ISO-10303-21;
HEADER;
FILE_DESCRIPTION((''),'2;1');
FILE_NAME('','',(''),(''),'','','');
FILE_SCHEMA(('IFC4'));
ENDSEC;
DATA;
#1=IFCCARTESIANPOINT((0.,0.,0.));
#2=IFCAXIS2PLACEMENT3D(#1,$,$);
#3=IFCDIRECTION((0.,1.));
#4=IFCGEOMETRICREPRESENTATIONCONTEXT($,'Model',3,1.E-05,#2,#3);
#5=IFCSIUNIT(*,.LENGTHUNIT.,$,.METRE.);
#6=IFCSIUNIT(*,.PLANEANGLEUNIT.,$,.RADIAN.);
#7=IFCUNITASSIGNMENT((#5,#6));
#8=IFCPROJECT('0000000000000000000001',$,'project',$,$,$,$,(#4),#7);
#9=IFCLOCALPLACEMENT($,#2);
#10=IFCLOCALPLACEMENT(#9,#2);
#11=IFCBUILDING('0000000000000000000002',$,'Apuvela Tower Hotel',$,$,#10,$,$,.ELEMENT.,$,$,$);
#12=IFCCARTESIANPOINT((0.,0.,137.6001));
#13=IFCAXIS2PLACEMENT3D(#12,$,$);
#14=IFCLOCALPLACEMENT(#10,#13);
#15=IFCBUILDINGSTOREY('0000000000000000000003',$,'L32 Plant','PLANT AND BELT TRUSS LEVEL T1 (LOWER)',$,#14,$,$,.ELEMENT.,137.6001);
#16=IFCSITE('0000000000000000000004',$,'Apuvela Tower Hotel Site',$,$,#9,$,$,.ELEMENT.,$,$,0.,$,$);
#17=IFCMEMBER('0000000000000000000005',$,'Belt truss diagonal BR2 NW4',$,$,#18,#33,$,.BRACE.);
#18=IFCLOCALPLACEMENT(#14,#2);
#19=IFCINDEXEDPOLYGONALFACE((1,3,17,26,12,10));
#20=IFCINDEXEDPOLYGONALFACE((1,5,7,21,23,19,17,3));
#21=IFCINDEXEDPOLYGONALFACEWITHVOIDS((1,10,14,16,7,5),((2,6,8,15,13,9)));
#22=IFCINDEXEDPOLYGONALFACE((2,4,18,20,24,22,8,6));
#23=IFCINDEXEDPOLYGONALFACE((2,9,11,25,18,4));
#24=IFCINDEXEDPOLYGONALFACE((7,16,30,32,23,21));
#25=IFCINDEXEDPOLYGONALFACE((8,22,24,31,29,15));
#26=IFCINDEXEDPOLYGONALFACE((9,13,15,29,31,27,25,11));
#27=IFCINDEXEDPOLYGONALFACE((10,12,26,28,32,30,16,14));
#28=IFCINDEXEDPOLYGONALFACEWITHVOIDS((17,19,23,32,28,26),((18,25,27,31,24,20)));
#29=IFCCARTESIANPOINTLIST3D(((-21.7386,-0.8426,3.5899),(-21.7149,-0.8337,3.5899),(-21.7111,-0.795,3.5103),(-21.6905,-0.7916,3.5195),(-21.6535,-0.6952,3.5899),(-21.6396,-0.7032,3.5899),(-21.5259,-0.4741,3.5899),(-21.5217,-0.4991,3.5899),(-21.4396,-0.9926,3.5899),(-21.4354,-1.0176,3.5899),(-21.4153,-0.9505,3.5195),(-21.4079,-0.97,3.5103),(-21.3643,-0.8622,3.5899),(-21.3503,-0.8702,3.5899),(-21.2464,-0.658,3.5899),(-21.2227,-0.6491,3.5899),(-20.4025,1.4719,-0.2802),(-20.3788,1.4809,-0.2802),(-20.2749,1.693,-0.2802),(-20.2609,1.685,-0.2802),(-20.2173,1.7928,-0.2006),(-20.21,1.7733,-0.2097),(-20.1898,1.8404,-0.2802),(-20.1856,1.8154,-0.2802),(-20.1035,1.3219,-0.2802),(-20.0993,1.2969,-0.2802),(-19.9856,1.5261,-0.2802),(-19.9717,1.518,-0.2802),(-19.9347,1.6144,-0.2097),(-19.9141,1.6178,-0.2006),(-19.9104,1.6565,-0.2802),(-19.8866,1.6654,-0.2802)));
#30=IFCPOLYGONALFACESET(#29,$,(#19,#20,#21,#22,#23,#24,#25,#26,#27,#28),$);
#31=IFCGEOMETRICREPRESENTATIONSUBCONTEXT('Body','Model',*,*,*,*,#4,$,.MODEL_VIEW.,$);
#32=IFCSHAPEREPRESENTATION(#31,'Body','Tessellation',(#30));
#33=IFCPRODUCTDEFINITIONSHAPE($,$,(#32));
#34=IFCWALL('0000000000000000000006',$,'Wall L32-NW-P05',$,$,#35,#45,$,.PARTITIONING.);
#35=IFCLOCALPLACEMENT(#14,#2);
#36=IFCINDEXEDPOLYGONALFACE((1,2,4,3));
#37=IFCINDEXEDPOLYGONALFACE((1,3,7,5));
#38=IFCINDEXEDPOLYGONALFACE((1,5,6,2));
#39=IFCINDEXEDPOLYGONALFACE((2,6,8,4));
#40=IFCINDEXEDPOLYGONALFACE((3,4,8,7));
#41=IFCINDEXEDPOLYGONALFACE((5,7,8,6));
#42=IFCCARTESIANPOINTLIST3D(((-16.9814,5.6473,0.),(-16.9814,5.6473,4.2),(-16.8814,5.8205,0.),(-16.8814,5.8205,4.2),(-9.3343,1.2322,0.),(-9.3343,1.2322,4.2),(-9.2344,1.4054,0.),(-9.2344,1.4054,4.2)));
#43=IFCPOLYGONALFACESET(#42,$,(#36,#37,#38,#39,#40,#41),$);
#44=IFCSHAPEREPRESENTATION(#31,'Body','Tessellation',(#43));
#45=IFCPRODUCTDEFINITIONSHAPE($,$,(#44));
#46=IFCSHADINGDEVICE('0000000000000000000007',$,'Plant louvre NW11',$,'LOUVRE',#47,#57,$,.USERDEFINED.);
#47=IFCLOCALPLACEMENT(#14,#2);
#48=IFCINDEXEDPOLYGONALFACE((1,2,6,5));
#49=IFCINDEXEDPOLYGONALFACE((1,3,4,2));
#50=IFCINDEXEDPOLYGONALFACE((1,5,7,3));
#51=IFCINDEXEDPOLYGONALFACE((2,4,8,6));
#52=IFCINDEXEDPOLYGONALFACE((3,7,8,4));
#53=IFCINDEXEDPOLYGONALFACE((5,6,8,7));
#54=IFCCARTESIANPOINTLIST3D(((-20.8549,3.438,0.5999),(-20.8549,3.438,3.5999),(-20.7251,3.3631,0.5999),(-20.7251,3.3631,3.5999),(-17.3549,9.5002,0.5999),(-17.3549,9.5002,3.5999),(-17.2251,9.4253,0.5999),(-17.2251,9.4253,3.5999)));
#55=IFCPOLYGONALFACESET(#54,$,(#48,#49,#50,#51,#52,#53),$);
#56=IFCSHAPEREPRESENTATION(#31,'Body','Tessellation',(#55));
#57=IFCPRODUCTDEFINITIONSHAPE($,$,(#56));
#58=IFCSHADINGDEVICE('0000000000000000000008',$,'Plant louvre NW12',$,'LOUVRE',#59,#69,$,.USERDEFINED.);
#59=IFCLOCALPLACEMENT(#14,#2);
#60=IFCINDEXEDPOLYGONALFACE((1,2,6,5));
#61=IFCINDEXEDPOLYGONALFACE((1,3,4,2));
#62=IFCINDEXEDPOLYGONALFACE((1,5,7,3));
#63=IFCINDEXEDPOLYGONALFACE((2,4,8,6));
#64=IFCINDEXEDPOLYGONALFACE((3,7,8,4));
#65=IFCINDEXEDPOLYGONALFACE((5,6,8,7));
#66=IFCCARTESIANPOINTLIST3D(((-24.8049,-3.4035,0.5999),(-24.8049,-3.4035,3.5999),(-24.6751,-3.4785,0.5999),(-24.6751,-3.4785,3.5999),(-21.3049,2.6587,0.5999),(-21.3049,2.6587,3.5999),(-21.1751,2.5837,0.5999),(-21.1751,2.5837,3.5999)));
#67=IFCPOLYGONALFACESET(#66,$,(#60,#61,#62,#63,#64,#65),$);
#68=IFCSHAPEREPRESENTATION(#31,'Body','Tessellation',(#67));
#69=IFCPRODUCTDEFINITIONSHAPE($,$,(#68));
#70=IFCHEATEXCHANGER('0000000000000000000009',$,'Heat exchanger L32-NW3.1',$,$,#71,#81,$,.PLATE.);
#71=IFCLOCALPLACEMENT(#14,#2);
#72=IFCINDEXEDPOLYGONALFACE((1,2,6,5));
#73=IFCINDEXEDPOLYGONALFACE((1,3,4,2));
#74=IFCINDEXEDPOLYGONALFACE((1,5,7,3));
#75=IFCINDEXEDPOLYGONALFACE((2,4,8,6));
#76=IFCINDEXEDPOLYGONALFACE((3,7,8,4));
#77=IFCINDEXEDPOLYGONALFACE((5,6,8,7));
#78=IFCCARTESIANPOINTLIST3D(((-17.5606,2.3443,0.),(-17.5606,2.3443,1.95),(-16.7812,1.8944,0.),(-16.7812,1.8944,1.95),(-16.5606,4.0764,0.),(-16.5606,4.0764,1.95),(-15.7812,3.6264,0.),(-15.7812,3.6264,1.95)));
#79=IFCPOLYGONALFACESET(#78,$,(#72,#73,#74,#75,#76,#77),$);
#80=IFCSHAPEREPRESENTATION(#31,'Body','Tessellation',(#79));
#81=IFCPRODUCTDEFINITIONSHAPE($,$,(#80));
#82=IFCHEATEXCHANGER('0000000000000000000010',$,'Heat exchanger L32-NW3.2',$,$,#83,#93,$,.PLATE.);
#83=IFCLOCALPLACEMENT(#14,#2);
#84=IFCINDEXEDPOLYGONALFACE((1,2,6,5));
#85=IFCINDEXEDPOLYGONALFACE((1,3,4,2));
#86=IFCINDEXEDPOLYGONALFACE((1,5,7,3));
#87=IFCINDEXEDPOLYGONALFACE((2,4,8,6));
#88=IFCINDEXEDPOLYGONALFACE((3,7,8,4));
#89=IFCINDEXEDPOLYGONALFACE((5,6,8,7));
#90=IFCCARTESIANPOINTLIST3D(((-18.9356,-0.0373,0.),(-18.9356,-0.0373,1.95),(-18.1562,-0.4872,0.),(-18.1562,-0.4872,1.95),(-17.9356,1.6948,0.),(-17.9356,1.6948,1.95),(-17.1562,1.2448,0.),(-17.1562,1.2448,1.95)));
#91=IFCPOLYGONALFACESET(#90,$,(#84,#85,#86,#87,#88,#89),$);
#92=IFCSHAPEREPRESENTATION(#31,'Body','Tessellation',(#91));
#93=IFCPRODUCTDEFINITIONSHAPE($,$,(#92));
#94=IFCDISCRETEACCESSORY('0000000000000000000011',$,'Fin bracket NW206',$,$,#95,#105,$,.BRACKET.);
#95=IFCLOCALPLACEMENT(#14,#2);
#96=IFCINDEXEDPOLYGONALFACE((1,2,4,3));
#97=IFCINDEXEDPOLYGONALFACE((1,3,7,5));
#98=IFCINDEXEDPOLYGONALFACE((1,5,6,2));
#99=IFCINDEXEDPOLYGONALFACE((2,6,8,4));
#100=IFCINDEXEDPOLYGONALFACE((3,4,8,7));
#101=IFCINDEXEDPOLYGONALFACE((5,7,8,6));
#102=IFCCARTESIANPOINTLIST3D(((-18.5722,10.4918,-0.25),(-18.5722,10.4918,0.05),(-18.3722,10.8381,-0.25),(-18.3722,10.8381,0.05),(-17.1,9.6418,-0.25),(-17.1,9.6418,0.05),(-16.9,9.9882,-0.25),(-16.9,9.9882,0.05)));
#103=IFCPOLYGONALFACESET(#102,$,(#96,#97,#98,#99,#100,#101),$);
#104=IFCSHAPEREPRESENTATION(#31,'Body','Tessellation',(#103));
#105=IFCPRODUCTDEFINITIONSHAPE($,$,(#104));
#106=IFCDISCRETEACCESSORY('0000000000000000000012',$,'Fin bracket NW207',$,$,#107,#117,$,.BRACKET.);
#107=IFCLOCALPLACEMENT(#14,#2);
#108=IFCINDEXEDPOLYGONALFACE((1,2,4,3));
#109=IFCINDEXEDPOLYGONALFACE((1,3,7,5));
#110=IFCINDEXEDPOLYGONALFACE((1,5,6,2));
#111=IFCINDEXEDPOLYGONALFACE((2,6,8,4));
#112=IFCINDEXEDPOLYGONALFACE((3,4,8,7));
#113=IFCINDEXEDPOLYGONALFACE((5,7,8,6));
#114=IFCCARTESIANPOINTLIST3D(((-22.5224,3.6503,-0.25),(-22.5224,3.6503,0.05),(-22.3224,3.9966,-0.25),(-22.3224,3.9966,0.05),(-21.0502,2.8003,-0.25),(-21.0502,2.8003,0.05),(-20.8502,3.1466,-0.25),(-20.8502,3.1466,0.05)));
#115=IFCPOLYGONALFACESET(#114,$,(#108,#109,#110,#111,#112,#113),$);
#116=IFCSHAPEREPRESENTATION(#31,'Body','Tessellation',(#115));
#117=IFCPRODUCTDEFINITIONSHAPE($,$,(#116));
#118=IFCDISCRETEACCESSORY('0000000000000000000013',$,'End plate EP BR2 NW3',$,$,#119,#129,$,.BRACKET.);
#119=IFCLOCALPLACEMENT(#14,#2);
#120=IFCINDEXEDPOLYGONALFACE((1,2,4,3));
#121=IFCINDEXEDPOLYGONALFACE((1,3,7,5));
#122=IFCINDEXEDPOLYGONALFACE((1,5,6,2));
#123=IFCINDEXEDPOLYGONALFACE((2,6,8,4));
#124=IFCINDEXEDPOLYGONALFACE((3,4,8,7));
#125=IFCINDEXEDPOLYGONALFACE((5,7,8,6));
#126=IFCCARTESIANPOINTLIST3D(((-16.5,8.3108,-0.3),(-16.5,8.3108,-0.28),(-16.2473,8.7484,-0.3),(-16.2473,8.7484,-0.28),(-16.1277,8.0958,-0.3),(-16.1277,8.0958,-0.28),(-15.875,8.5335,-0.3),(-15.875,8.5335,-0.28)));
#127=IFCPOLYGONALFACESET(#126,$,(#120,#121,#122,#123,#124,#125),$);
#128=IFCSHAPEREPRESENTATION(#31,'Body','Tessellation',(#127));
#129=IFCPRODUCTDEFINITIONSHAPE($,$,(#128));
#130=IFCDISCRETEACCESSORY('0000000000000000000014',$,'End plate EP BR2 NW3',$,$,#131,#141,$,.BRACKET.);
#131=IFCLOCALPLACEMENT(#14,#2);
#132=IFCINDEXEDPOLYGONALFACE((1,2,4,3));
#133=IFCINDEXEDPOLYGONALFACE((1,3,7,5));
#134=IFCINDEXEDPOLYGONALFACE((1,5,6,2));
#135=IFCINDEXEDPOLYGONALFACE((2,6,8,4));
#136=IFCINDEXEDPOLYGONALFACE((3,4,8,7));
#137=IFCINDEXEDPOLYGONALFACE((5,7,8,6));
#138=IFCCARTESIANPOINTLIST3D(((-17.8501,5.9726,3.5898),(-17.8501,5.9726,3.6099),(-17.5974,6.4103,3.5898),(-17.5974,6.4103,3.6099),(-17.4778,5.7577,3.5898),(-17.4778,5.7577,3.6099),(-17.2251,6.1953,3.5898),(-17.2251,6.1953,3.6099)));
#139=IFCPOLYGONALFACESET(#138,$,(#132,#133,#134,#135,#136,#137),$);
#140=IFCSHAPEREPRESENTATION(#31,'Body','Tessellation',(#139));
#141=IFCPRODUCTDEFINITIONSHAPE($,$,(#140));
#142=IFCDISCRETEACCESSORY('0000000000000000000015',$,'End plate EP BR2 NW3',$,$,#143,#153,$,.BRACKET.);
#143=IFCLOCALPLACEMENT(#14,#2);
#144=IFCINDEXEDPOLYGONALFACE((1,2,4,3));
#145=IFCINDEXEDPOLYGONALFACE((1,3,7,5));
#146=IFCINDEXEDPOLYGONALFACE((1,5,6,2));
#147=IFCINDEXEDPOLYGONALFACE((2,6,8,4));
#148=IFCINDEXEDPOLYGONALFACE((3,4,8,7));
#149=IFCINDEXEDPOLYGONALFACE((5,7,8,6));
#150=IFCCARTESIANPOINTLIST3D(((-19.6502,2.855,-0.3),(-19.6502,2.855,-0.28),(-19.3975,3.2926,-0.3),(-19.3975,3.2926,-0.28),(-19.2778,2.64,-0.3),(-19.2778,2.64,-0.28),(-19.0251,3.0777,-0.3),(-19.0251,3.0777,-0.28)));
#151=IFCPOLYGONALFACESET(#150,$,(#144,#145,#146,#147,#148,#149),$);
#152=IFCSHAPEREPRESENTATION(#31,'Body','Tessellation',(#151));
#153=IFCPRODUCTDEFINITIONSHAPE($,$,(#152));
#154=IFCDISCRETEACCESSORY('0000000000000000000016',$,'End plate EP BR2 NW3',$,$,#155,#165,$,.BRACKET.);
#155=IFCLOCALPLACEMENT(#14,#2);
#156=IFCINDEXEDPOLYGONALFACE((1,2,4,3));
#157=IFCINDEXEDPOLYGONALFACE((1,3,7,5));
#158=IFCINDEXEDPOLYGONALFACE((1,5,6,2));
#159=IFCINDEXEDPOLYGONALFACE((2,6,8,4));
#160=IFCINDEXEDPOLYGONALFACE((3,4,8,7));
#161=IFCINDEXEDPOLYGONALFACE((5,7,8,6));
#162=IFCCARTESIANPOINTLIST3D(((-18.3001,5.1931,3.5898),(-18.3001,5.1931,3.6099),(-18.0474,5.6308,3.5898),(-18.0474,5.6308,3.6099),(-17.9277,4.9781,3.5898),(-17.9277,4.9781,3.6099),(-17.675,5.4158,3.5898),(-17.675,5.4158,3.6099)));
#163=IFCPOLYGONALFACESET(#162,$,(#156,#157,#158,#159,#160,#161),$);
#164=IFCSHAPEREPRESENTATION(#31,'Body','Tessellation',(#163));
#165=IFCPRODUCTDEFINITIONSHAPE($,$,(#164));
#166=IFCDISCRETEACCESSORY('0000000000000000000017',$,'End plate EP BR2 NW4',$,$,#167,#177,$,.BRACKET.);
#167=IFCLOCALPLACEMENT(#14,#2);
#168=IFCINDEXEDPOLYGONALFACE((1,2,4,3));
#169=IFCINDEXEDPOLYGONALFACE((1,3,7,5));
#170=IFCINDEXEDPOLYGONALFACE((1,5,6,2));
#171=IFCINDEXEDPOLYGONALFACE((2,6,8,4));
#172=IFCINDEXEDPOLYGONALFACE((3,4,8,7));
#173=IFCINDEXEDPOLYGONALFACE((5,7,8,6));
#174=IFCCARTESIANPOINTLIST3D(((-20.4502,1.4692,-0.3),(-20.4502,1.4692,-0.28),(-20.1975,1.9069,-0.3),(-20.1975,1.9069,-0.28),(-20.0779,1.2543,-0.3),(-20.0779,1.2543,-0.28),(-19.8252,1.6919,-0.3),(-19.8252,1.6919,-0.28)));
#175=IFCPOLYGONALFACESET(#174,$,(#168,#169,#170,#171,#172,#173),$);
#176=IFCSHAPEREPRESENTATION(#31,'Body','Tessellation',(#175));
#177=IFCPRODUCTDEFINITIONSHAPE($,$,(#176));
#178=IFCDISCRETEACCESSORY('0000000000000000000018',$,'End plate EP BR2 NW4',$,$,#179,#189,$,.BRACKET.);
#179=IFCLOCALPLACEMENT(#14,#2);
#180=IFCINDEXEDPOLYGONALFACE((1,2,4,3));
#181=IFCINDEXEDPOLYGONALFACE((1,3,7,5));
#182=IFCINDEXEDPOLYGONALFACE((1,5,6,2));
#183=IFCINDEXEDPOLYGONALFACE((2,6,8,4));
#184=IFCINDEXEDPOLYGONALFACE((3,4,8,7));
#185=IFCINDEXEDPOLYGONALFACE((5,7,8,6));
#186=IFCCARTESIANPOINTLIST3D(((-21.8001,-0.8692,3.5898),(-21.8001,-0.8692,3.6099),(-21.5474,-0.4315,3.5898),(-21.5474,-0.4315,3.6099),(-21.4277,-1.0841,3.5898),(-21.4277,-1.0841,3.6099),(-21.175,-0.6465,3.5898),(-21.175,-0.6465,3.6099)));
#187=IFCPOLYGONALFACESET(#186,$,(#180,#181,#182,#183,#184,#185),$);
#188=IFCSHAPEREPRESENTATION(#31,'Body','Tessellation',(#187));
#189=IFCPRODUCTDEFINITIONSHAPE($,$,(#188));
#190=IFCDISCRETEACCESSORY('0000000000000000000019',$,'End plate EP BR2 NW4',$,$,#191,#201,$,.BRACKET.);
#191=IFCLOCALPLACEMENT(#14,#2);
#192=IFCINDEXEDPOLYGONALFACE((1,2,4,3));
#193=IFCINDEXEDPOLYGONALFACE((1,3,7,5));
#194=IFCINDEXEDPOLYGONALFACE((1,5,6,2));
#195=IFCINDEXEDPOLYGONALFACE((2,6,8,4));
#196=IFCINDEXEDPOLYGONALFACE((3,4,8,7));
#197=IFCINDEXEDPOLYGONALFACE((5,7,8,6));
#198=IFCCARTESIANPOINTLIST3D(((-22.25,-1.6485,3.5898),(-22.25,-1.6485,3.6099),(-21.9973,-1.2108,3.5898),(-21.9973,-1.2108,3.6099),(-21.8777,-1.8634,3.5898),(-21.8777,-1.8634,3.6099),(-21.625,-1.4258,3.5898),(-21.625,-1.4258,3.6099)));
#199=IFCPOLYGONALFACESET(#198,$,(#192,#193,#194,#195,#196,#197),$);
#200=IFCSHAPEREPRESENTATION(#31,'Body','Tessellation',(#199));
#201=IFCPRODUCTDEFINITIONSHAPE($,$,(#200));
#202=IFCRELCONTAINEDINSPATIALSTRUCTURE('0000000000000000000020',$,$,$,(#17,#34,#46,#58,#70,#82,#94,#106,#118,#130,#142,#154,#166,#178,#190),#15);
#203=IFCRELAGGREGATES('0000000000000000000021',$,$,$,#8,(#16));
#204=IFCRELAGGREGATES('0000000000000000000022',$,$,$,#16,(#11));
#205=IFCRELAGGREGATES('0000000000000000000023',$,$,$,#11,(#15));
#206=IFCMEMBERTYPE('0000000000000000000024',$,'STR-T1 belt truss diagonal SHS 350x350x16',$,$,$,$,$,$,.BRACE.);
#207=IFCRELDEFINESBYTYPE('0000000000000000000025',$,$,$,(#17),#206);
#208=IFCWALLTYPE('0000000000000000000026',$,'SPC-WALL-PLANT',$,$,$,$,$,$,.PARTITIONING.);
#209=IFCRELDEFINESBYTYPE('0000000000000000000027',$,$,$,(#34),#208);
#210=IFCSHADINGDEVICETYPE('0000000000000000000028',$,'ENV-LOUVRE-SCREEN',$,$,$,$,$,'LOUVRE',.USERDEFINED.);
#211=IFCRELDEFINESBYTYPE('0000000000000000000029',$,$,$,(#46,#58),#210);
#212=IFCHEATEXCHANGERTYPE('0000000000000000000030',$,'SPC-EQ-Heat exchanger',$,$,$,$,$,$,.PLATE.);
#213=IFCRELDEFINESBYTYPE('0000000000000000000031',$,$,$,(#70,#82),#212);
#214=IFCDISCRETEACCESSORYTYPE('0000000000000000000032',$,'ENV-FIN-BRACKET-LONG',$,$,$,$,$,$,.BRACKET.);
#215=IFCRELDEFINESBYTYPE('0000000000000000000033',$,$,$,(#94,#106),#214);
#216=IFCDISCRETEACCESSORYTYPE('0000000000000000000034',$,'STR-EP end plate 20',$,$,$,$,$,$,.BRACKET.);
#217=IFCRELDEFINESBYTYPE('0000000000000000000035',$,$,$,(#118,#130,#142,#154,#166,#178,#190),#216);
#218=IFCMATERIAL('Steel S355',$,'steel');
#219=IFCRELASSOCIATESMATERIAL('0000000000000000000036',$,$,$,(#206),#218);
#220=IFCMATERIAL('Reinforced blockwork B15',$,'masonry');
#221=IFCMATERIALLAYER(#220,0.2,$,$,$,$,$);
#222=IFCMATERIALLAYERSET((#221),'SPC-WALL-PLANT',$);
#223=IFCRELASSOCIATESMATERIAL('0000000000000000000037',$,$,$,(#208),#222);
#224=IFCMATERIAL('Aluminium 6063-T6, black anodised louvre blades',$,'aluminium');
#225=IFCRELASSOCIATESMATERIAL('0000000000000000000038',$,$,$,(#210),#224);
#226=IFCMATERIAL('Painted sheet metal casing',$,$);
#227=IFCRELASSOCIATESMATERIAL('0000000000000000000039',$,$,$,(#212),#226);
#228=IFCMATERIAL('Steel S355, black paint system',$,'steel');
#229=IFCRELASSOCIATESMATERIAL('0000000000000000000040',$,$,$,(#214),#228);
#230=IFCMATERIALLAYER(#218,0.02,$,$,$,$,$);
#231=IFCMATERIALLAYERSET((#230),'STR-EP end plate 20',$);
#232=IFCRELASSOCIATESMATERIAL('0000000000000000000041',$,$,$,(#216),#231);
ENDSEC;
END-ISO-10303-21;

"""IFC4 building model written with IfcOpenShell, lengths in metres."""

from ifc_helpers import new_model, si_unit, direction, frame, frame_2d, origin, origin_2d, place, context, subcontext, project, spatial, rectangle, hollow_rectangle, extrude, boolean, halfspace, material, layer, layer_set, material_profile, profile_set, type_object, element, save


model = new_model("IFC4")

# Units and contexts
model_context = context("Model", 3, precision=1e-05, world=origin(), true_north=direction((0.0, 1.0)))
body_context = subcontext(model_context, "Body", "Model", "MODEL_VIEW")
ifc_project = project(units=[si_unit("LENGTHUNIT", "METRE"), si_unit("PLANEANGLEUNIT", "RADIAN")], contexts=[model_context])

# Site, building, storey
site_placement = place(None, origin())
site = spatial("IfcSite", under=ifc_project, at=site_placement, Name="Apuvela Tower Hotel Site", CompositionType="ELEMENT", RefElevation=0.0)
building_placement = place(site_placement, origin())
building = spatial("IfcBuilding", under=site, at=building_placement, Name="Apuvela Tower Hotel", CompositionType="ELEMENT")
storey_placement = place(building_placement, frame((0.0, 0.0, 137.6001)))
storey = spatial("IfcBuildingStorey", under=building, at=storey_placement, Name="L32 Plant", Description="PLANT AND BELT TRUSS LEVEL T1 (LOWER)", CompositionType="ELEMENT", Elevation=137.6001)

# Shared definitions
ifc_material_1 = material(Name="Steel S355", Category="steel")

# Member
ifc_material_profile_1 = material_profile(ifc_material_1, hollow_rectangle(XDim=0.3501, YDim=0.3501, WallThickness=0.0161, at=origin_2d()), Name="SHS 350x350x16")
ifc_profile_set_1 = profile_set([ifc_material_profile_1], Name="Steel S355")
member_type_1 = type_object("IfcMemberType", Name="STR-T1 belt truss diagonal SHS 350x350x16", PredefinedType="BRACE", material=ifc_profile_set_1)
member_1_placement = place(storey_placement, frame((-20.1377, 1.5806, -0.3), z_axis=(-0.284085, -0.492126, 0.822865), x_axis=(0.411385, 0.71265, 0.568236)))
solid_1 = boolean("DIFFERENCE", boolean("DIFFERENCE", extrude(hollow_rectangle(XDim=0.3501, YDim=0.3501, WallThickness=0.0161, at=origin_2d()), frame((0.0, 0.0, -0.2407)), (0.0, 0.0, 1.0), 5.2332), halfspace(frame((0.0, 0.0, 0.0242), z_axis=(0.568236, 0.0, 0.822865), x_axis=(0.822865, 0.0, -0.568236)), True)), halfspace(frame((0.0, 0.0, 4.7273), z_axis=(0.568236, 0.0, 0.822865), x_axis=(0.822865, 0.0, -0.568236)), False))
element("IfcMember", 1, at=member_1_placement, inside=storey, type_object=member_type_1, Name="Belt truss diagonal BR2 NW4", PredefinedType="BRACE", context=body_context, shape_type="SweptSolid", body=[
    boolean("UNION", boolean("DIFFERENCE", boolean("DIFFERENCE", extrude(hollow_rectangle(XDim=0.3501, YDim=0.3501, WallThickness=0.0161, at=origin_2d()), origin(), (0.0, 0.0, 1.0), 4.7515), halfspace(frame((0.0, 0.0, 0.0242), z_axis=(0.568236, 0.0, 0.822865), x_axis=(0.822865, 0.0, -0.568236)), True)), halfspace(frame((0.0, 0.0, 4.7273), z_axis=(0.568236, 0.0, 0.822865), x_axis=(0.822865, 0.0, -0.568236)), False)), solid_1),
])

# Wall
ifc_material_2 = material(Name="Reinforced blockwork B15", Category="masonry")
ifc_layer_1 = layer(ifc_material_2, 0.2)
ifc_layer_set_1 = layer_set([ifc_layer_1], Name="SPC-WALL-PLANT")
wall_type = type_object("IfcWallType", Name="SPC-WALL-PLANT", PredefinedType="PARTITIONING", material=ifc_layer_set_1)
wall_placement = place(storey_placement, frame((-16.9314, 5.7339, 0.0), z_axis=(0.0, 0.0, 1.0), x_axis=(0.866023, -0.500005, 0.0)))
element("IfcWall", 2, at=wall_placement, inside=storey, type_object=wall_type, Name="Wall L32-NW-P05", PredefinedType="PARTITIONING", context=body_context, shape_type="SweptSolid", body=[
    extrude(rectangle(XDim=8.8301, YDim=0.2, at=frame_2d((4.415, 0.0))), origin(), (0.0, 0.0, 1.0), 4.2),
])

# Shading devices
ifc_material_3 = material(Name="Aluminium 6063-T6, black anodised louvre blades", Category="aluminium")
shading_device_type = type_object("IfcShadingDeviceType", Name="ENV-LOUVRE-SCREEN", ElementType="LOUVRE", PredefinedType="USERDEFINED", material=ifc_material_3)
for number, where, z_axis, x_axis, name in (
    (3, (-19.04, 6.4316, 0.5999), (0.0, 0.0, 1.0), (-0.5, -0.866025, 0.0), "Plant louvre NW11"),
    (4, (-22.99, -0.4099, 0.5999), (0.0, 0.0, 1.0), (-0.5, -0.866025, 0.0), "Plant louvre NW12"),
):
    element("IfcShadingDevice", number, at=place(storey_placement, frame(where, z_axis=z_axis, x_axis=x_axis)), inside=storey, type_object=shading_device_type, Name=name, ObjectType="LOUVRE", PredefinedType="USERDEFINED", context=body_context, shape_type="SweptSolid", body=[
        extrude(rectangle(XDim=7.0, YDim=0.1499, at=origin_2d()), origin(), (0.0, 0.0, 1.0), 3.0),
    ])

# Heat exchangers
ifc_material_4 = material(Name="Painted sheet metal casing")
heat_exchanger_type = type_object("IfcHeatExchangerType", Name="SPC-EQ-Heat exchanger", PredefinedType="PLATE", material=ifc_material_4)
for number, where, z_axis, x_axis, name in (
    (5, (-16.6709, 2.9854, 0.0), (0.0, 0.0, 1.0), (-0.5, -0.866025, 0.0), "Heat exchanger L32-NW3.1"),
    (6, (-18.0459, 0.6038, 0.0), (0.0, 0.0, 1.0), (-0.5, -0.866025, 0.0), "Heat exchanger L32-NW3.2"),
):
    element("IfcHeatExchanger", number, at=place(storey_placement, frame(where, z_axis=z_axis, x_axis=x_axis)), inside=storey, type_object=heat_exchanger_type, Name=name, PredefinedType="PLATE", context=body_context, shape_type="SweptSolid", body=[
        extrude(rectangle(XDim=2.0, YDim=0.8999, at=origin_2d()), origin(), (0.0, 0.0, 1.0), 1.95),
    ])

# Discrete accessories
ifc_material_5 = material(Name="Steel S355, black paint system", Category="steel")
discrete_accessory_type_1 = type_object("IfcDiscreteAccessoryType", Name="ENV-FIN-BRACKET-LONG", PredefinedType="BRACKET", material=ifc_material_5)
for number, where, z_axis, x_axis, name in (
    (7, (-17.7361, 10.24, -0.25), (0.0, 0.0, 1.0), (-0.5, -0.866025, 0.0), "Fin bracket NW206"),
    (8, (-21.6863, 3.3984, -0.25), (0.0, 0.0, 1.0), (-0.5, -0.866025, 0.0), "Fin bracket NW207"),
):
    element("IfcDiscreteAccessory", number, at=place(storey_placement, frame(where, z_axis=z_axis, x_axis=x_axis)), inside=storey, type_object=discrete_accessory_type_1, Name=name, PredefinedType="BRACKET", context=body_context, shape_type="SweptSolid", body=[
        extrude(rectangle(XDim=0.3999, YDim=1.7, at=origin_2d()), origin(), (0.0, 0.0, 1.0), 0.3),
    ])
ifc_layer_2 = layer(ifc_material_1, 0.02)
ifc_layer_set_2 = layer_set([ifc_layer_2], Name="STR-EP end plate 20")
discrete_accessory_type_2 = type_object("IfcDiscreteAccessoryType", Name="STR-EP end plate 20", PredefinedType="BRACKET", material=ifc_layer_set_2)
for number, where, z_axis, x_axis, name in (
    (9, (-16.1875, 8.4221, -0.3), (0.0, 0.0, 1.0), (-0.5, -0.866025, 0.0), "End plate EP BR2 NW3"),
    (10, (-17.5376, 6.084, 3.5898), (0.0, 0.0, 1.0), (-0.5, -0.866025, 0.0), "End plate EP BR2 NW3"),
    (11, (-19.3376, 2.9663, -0.3), (0.0, 0.0, 1.0), (0.5, 0.866025, 0.0), "End plate EP BR2 NW3"),
    (12, (-17.9875, 5.3044, 3.5898), (0.0, 0.0, 1.0), (0.5, 0.866025, 0.0), "End plate EP BR2 NW3"),
    (13, (-20.1377, 1.5806, -0.3), (0.0, 0.0, 1.0), (-0.5, -0.866025, 0.0), "End plate EP BR2 NW4"),
    (14, (-21.4875, -0.7578, 3.5898), (0.0, 0.0, 1.0), (-0.5, -0.866025, 0.0), "End plate EP BR2 NW4"),
    (15, (-21.9375, -1.5371, 3.5898), (0.0, 0.0, 1.0), (0.5, 0.866025, 0.0), "End plate EP BR2 NW4"),
):
    element("IfcDiscreteAccessory", number, at=place(storey_placement, frame(where, z_axis=z_axis, x_axis=x_axis)), inside=storey, type_object=discrete_accessory_type_2, Name=name, PredefinedType="BRACKET", context=body_context, shape_type="SweptSolid", body=[
        extrude(rectangle(XDim=0.5054, YDim=0.4299, at=origin_2d()), origin(), (0.0, 0.0, 1.0), 0.02),
    ])

save(model, "model.ifc")
